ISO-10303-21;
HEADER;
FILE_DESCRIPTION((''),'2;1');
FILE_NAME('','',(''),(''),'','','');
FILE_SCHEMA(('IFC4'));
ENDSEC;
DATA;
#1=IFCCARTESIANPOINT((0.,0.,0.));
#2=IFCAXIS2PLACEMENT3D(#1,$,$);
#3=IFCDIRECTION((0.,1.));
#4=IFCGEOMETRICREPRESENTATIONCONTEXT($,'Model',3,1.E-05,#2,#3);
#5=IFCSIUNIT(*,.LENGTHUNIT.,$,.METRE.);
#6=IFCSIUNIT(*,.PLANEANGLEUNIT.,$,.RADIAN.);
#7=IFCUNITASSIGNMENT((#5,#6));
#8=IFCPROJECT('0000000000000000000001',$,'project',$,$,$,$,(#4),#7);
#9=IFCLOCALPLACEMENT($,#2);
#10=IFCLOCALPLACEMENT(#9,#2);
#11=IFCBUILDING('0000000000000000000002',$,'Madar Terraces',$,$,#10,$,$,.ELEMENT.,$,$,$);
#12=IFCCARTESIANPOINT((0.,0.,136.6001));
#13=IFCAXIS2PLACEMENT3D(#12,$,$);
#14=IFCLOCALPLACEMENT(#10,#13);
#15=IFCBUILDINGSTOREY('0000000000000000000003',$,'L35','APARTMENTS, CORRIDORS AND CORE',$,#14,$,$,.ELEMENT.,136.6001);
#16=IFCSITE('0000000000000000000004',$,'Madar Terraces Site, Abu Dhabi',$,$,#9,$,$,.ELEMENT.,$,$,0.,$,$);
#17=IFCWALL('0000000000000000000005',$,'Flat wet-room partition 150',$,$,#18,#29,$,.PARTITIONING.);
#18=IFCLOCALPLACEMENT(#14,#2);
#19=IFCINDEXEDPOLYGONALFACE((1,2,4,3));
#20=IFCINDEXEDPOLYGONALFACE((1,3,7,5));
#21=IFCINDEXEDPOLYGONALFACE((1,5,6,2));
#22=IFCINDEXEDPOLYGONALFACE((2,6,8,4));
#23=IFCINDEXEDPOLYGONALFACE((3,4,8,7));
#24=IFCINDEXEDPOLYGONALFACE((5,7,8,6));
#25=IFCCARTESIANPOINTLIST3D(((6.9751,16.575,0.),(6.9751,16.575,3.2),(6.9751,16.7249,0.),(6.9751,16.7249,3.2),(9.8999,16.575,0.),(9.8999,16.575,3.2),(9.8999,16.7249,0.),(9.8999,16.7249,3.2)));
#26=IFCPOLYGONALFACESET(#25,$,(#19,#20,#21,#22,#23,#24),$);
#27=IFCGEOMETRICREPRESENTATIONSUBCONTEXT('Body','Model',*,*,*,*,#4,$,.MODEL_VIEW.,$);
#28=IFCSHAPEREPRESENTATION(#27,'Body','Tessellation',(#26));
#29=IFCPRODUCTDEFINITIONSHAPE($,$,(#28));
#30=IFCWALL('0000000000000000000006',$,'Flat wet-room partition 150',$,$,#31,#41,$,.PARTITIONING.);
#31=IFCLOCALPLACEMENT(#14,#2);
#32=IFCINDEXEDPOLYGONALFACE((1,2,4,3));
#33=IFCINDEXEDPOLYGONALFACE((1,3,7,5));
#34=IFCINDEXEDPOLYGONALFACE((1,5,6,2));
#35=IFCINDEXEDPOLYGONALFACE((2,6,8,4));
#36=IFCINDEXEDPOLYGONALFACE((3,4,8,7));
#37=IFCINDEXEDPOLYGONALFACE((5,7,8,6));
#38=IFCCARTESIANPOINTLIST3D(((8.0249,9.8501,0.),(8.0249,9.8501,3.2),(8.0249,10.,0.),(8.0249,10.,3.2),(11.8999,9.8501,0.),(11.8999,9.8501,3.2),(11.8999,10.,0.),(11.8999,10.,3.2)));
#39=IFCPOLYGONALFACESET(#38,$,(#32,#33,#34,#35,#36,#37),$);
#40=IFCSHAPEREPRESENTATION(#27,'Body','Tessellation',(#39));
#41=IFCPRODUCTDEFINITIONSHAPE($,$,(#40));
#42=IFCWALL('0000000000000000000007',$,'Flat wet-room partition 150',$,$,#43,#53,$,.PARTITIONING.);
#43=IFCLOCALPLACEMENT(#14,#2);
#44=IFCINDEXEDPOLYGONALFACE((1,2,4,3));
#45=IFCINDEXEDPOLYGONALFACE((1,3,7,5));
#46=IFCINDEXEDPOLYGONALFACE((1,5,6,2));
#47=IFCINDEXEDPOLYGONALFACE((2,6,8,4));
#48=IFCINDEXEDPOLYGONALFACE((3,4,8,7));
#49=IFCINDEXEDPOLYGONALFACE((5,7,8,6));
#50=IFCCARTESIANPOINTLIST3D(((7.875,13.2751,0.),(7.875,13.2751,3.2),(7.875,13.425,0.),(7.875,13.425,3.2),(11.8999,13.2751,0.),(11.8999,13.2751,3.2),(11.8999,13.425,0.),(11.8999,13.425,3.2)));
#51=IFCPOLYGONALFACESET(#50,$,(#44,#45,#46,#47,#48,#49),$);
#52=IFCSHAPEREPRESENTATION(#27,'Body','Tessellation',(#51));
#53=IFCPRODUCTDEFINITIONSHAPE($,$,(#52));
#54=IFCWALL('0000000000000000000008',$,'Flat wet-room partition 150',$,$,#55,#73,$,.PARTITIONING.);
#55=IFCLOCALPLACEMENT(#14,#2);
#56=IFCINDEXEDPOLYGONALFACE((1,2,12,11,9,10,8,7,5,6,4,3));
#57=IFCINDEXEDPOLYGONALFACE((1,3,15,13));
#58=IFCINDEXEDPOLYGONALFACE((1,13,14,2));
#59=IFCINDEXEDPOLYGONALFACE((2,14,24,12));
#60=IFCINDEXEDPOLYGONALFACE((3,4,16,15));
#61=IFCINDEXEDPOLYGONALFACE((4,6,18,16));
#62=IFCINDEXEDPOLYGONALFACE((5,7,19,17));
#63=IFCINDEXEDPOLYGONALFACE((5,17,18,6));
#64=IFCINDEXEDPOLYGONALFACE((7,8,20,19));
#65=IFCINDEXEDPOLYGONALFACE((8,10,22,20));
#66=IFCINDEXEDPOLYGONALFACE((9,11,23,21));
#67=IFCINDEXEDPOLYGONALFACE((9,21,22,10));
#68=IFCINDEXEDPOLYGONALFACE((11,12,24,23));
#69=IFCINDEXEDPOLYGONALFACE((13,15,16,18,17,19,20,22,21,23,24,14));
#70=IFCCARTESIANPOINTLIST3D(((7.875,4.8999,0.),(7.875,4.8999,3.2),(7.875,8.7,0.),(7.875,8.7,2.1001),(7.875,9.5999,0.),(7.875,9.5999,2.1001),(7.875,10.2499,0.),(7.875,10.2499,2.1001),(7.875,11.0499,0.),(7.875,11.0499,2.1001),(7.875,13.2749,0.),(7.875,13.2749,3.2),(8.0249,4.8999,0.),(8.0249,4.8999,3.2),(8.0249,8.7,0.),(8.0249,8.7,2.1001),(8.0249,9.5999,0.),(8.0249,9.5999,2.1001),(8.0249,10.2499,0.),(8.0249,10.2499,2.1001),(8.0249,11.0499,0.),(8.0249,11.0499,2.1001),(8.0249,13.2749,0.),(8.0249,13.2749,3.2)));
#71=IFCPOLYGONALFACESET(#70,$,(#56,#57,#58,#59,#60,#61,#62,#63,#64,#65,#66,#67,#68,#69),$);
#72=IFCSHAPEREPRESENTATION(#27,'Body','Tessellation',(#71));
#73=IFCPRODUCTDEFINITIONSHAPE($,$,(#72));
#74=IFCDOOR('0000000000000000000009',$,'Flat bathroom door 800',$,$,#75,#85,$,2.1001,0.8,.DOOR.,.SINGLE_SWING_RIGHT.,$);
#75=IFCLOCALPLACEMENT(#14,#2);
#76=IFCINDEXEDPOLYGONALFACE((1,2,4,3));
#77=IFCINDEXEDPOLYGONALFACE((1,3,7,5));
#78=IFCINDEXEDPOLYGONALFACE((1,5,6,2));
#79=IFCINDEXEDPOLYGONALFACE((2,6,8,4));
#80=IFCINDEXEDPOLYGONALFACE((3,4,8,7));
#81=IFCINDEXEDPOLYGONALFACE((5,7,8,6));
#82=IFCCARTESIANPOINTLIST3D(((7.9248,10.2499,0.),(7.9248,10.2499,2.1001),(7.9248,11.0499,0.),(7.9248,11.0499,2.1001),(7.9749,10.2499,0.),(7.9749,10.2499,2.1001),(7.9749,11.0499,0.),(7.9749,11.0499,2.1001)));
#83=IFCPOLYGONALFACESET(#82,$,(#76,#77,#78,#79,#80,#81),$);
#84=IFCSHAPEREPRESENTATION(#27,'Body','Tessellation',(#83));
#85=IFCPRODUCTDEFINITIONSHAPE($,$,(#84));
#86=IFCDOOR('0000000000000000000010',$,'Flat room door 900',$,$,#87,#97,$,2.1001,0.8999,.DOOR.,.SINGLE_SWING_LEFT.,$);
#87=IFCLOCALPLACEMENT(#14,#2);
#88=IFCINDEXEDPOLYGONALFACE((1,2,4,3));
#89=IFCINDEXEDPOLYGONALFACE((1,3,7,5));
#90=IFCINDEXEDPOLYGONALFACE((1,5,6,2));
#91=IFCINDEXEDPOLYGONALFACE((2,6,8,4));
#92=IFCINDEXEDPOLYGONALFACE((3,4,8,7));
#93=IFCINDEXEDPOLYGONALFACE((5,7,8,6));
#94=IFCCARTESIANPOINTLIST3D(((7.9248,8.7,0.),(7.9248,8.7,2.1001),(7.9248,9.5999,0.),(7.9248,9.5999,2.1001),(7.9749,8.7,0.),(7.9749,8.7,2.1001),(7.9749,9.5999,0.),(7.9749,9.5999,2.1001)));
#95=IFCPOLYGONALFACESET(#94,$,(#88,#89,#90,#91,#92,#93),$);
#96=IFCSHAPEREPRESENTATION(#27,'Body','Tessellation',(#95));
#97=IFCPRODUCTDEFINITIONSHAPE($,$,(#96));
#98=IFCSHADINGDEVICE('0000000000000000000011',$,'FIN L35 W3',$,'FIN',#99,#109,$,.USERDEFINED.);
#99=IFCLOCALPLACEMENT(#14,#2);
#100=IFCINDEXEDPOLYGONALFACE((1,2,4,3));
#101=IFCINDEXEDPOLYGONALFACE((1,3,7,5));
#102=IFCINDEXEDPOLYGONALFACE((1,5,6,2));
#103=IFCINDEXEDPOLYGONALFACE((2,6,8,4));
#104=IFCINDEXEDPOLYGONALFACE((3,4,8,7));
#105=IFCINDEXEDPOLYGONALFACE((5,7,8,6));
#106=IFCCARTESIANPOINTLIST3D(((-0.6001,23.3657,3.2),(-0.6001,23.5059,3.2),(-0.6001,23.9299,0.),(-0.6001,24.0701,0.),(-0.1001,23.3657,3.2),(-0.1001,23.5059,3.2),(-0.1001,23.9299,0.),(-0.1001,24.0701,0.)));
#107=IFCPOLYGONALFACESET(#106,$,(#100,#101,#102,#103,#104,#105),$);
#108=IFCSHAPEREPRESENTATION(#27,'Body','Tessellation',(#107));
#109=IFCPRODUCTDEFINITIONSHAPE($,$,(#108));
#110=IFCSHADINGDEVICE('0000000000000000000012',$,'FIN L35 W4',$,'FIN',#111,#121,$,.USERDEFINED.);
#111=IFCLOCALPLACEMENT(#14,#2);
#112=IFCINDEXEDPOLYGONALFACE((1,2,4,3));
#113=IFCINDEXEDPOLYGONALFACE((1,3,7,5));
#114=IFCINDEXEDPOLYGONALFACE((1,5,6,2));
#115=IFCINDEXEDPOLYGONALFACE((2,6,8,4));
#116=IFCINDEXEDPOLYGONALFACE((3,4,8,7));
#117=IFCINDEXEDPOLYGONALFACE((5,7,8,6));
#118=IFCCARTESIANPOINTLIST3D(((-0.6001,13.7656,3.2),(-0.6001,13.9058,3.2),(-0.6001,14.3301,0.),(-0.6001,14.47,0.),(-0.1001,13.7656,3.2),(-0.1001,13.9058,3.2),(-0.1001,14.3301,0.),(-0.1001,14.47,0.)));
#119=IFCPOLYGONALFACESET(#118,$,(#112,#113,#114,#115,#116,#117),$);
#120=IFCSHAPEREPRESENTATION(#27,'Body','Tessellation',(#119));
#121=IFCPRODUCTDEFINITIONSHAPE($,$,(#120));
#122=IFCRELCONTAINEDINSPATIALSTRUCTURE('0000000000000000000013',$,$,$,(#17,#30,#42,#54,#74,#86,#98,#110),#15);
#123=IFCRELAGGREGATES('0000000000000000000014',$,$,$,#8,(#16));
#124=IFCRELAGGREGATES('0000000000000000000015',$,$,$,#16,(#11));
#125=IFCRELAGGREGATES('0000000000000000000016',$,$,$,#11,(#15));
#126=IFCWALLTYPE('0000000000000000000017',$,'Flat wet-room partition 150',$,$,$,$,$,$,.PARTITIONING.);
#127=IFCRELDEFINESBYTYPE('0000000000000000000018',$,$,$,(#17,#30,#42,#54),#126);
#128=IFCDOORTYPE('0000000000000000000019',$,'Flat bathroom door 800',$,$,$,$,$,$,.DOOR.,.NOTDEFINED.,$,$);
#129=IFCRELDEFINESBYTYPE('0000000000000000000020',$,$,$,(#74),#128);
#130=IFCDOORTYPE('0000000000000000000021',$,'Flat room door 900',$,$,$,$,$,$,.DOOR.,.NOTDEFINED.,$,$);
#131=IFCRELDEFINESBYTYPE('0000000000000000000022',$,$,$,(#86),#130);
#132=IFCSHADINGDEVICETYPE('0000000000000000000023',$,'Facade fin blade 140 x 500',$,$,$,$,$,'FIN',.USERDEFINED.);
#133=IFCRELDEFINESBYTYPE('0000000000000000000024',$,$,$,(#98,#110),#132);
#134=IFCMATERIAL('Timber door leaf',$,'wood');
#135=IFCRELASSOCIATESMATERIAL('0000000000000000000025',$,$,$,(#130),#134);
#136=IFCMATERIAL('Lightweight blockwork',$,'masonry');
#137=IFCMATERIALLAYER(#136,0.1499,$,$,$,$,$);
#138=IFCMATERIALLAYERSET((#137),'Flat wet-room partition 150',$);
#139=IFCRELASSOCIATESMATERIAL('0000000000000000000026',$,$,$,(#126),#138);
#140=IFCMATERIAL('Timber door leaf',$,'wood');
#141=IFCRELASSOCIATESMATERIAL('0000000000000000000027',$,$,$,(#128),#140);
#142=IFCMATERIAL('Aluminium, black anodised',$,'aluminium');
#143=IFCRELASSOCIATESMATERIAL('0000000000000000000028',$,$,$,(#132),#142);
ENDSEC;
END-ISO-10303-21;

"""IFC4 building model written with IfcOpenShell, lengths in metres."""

from ifc_helpers import new_model, si_unit, direction, frame, frame_2d, origin, place, context, subcontext, project, spatial, polyline, rectangle, outline, extrude, material, layer, layer_set, type_object, element, fill, save


model = new_model("IFC4")

# Units and contexts
model_context = context("Model", 3, precision=1e-05, world=origin(), true_north=direction((0.0, 1.0)))
body_context = subcontext(model_context, "Body", "Model", "MODEL_VIEW")
ifc_project = project(units=[si_unit("LENGTHUNIT", "METRE"), si_unit("PLANEANGLEUNIT", "RADIAN")], contexts=[model_context])

# Site, building, storey
site_placement = place(None, origin())
site = spatial("IfcSite", under=ifc_project, at=site_placement, Name="Madar Terraces Site, Abu Dhabi", CompositionType="ELEMENT", RefElevation=0.0)
building_placement = place(site_placement, origin())
building = spatial("IfcBuilding", under=site, at=building_placement, Name="Madar Terraces", CompositionType="ELEMENT")
storey_placement = place(building_placement, frame((0.0, 0.0, 136.6001)))
storey = spatial("IfcBuildingStorey", under=building, at=storey_placement, Name="L35", Description="APARTMENTS, CORRIDORS AND CORE", CompositionType="ELEMENT", Elevation=136.6001)

# Shared definitions
ifc_material_1 = material(Name="Timber door leaf", Category="wood")
door_type_1 = type_object("IfcDoorType", Name="Flat room door 900", OperationType="NOTDEFINED", PredefinedType="DOOR", material=ifc_material_1)

# Walls
ifc_material_2 = material(Name="Lightweight blockwork", Category="masonry")
ifc_layer_1 = layer(ifc_material_2, 0.1499)
ifc_layer_set_1 = layer_set([ifc_layer_1], Name="Flat wet-room partition 150")
wall_type_1 = type_object("IfcWallType", Name="Flat wet-room partition 150", PredefinedType="PARTITIONING", material=ifc_layer_set_1)
wall_1_placement = place(storey_placement, frame((9.8999, 16.6499, 0.0), z_axis=(0.0, 0.0, 1.0), x_axis=(-1.0, 0.0, 0.0)))
element("IfcWall", 1, at=wall_1_placement, inside=storey, type_object=wall_type_1, Name="Flat wet-room partition 150", PredefinedType="PARTITIONING", context=body_context, shape_type="SweptSolid", body=[
    extrude(rectangle(XDim=2.9248, YDim=0.1499, at=frame_2d((1.4624, 0.0))), origin(), (0.0, 0.0, 1.0), 3.2),
])
wall_2_placement = place(storey_placement, frame((11.8999, 9.925, 0.0), z_axis=(0.0, 0.0, 1.0), x_axis=(-1.0, 0.0, 0.0)))
element("IfcWall", 2, at=wall_2_placement, inside=storey, type_object=wall_type_1, Name="Flat wet-room partition 150", PredefinedType="PARTITIONING", context=body_context, shape_type="SweptSolid", body=[
    extrude(rectangle(XDim=3.875, YDim=0.1499, at=frame_2d((1.9375, 0.0))), origin(), (0.0, 0.0, 1.0), 3.2),
])
wall_3_placement = place(storey_placement, frame((11.8999, 13.3501, 0.0), z_axis=(0.0, 0.0, 1.0), x_axis=(-1.0, 0.0, 0.0)))
element("IfcWall", 3, at=wall_3_placement, inside=storey, type_object=wall_type_1, Name="Flat wet-room partition 150", PredefinedType="PARTITIONING", context=body_context, shape_type="SweptSolid", body=[
    extrude(rectangle(XDim=4.0249, YDim=0.1499, at=frame_2d((2.0125, 0.0))), origin(), (0.0, 0.0, 1.0), 3.2),
])

# Wall, openings, doors
wall_4_placement = place(storey_placement, frame((7.95, 13.2749, 0.0), z_axis=(0.0, 0.0, 1.0), x_axis=(0.0, -1.0, 0.0)))
wall_4 = element("IfcWall", 4, at=wall_4_placement, inside=storey, type_object=wall_type_1, Name="Flat wet-room partition 150", PredefinedType="PARTITIONING", context=body_context, shape_type="SweptSolid", body=[
    extrude(rectangle(XDim=8.375, YDim=0.1499, at=frame_2d((4.1875, 0.0))), origin(), (0.0, 0.0, 1.0), 3.2),
])
opening_1_placement = place(wall_4_placement, frame((2.2251, 0.0, 0.0)))
opening_1 = element("IfcOpeningElement", 5, at=opening_1_placement, cuts=wall_4, PredefinedType="OPENING", context=body_context, shape_type="SweptSolid", body=[
    extrude(rectangle(XDim=0.8, YDim=2.1001, at=frame_2d((0.3999, 1.05))), frame((0.0, 0.085, 0.0), z_axis=(0.0, -1.0, 0.0), x_axis=(1.0, 0.0, 0.0)), (0.0, 0.0, 1.0), 0.1699),
])
opening_2_placement = place(wall_4_placement, frame((3.675, 0.0, 0.0)))
opening_2 = element("IfcOpeningElement", 6, at=opening_2_placement, cuts=wall_4, PredefinedType="OPENING", context=body_context, shape_type="SweptSolid", body=[
    extrude(rectangle(XDim=0.8999, YDim=2.1001, at=frame_2d((0.45, 1.05))), frame((0.0, 0.085, 0.0), z_axis=(0.0, -1.0, 0.0), x_axis=(1.0, 0.0, 0.0)), (0.0, 0.0, 1.0), 0.1699),
])
ifc_material_3 = material(Name="Timber door leaf", Category="wood")
door_type_2 = type_object("IfcDoorType", Name="Flat bathroom door 800", OperationType="NOTDEFINED", PredefinedType="DOOR", material=ifc_material_3)
door_1_placement = place(opening_1_placement, origin())
door_1 = element("IfcDoor", 7, at=door_1_placement, inside=storey, type_object=door_type_2, Name="Flat bathroom door 800", OperationType="SINGLE_SWING_RIGHT", OverallHeight=2.1001, OverallWidth=0.8, PredefinedType="DOOR", context=body_context, shape_type="SweptSolid", body=[
    extrude(rectangle(XDim=0.8, YDim=2.1001, at=frame_2d((0.3999, 1.05))), frame((0.0, 0.0249, 0.0), z_axis=(0.0, -1.0, 0.0), x_axis=(1.0, 0.0, 0.0)), (0.0, 0.0, 1.0), 0.05),
])
fill(opening_1, door_1)
door_2_placement = place(opening_2_placement, origin())
door_2 = element("IfcDoor", 8, at=door_2_placement, inside=storey, type_object=door_type_1, Name="Flat room door 900", OperationType="SINGLE_SWING_LEFT", OverallHeight=2.1001, OverallWidth=0.8999, PredefinedType="DOOR", context=body_context, shape_type="SweptSolid", body=[
    extrude(rectangle(XDim=0.8999, YDim=2.1001, at=frame_2d((0.45, 1.05))), frame((0.0, 0.0249, 0.0), z_axis=(0.0, -1.0, 0.0), x_axis=(1.0, 0.0, 0.0)), (0.0, 0.0, 1.0), 0.05),
])
fill(opening_2, door_2)

# Shading devices
ifc_material_4 = material(Name="Aluminium, black anodised", Category="aluminium")
shading_device_type = type_object("IfcShadingDeviceType", Name="Facade fin blade 140 x 500", ElementType="FIN", PredefinedType="USERDEFINED", material=ifc_material_4)
shading_device_1_placement = place(storey_placement, frame((-0.3501, 24.0701, 0.0), z_axis=(0.0, 0.0, 1.0), x_axis=(0.0, -1.0, 0.0)))
element("IfcShadingDevice", 9, at=shading_device_1_placement, inside=storey, type_object=shading_device_type, Name="FIN L35 W3", ObjectType="FIN", PredefinedType="USERDEFINED", context=body_context, shape_type="SweptSolid", body=[
    extrude(outline(polyline([(0.0, 0.0), (0.1401, 0.0), (0.7043, 3.2), (0.5642, 3.2), (0.0, 0.0)])), frame((0.0, 0.25, 0.0), z_axis=(0.0, -1.0, 0.0), x_axis=(1.0, 0.0, 0.0)), (0.0, 0.0, 1.0), 0.5),
])
shading_device_2_placement = place(storey_placement, frame((-0.3501, 14.47, 0.0), z_axis=(0.0, 0.0, 1.0), x_axis=(0.0, -1.0, 0.0)))
element("IfcShadingDevice", 10, at=shading_device_2_placement, inside=storey, type_object=shading_device_type, Name="FIN L35 W4", ObjectType="FIN", PredefinedType="USERDEFINED", context=body_context, shape_type="SweptSolid", body=[
    extrude(outline(polyline([(0.0, 0.0), (0.1399, 0.0), (0.7043, 3.2), (0.5642, 3.2), (0.0, 0.0)])), frame((0.0, 0.25, 0.0), z_axis=(0.0, -1.0, 0.0), x_axis=(1.0, 0.0, 0.0)), (0.0, 0.0, 1.0), 0.5),
])

save(model, "model.ifc")
